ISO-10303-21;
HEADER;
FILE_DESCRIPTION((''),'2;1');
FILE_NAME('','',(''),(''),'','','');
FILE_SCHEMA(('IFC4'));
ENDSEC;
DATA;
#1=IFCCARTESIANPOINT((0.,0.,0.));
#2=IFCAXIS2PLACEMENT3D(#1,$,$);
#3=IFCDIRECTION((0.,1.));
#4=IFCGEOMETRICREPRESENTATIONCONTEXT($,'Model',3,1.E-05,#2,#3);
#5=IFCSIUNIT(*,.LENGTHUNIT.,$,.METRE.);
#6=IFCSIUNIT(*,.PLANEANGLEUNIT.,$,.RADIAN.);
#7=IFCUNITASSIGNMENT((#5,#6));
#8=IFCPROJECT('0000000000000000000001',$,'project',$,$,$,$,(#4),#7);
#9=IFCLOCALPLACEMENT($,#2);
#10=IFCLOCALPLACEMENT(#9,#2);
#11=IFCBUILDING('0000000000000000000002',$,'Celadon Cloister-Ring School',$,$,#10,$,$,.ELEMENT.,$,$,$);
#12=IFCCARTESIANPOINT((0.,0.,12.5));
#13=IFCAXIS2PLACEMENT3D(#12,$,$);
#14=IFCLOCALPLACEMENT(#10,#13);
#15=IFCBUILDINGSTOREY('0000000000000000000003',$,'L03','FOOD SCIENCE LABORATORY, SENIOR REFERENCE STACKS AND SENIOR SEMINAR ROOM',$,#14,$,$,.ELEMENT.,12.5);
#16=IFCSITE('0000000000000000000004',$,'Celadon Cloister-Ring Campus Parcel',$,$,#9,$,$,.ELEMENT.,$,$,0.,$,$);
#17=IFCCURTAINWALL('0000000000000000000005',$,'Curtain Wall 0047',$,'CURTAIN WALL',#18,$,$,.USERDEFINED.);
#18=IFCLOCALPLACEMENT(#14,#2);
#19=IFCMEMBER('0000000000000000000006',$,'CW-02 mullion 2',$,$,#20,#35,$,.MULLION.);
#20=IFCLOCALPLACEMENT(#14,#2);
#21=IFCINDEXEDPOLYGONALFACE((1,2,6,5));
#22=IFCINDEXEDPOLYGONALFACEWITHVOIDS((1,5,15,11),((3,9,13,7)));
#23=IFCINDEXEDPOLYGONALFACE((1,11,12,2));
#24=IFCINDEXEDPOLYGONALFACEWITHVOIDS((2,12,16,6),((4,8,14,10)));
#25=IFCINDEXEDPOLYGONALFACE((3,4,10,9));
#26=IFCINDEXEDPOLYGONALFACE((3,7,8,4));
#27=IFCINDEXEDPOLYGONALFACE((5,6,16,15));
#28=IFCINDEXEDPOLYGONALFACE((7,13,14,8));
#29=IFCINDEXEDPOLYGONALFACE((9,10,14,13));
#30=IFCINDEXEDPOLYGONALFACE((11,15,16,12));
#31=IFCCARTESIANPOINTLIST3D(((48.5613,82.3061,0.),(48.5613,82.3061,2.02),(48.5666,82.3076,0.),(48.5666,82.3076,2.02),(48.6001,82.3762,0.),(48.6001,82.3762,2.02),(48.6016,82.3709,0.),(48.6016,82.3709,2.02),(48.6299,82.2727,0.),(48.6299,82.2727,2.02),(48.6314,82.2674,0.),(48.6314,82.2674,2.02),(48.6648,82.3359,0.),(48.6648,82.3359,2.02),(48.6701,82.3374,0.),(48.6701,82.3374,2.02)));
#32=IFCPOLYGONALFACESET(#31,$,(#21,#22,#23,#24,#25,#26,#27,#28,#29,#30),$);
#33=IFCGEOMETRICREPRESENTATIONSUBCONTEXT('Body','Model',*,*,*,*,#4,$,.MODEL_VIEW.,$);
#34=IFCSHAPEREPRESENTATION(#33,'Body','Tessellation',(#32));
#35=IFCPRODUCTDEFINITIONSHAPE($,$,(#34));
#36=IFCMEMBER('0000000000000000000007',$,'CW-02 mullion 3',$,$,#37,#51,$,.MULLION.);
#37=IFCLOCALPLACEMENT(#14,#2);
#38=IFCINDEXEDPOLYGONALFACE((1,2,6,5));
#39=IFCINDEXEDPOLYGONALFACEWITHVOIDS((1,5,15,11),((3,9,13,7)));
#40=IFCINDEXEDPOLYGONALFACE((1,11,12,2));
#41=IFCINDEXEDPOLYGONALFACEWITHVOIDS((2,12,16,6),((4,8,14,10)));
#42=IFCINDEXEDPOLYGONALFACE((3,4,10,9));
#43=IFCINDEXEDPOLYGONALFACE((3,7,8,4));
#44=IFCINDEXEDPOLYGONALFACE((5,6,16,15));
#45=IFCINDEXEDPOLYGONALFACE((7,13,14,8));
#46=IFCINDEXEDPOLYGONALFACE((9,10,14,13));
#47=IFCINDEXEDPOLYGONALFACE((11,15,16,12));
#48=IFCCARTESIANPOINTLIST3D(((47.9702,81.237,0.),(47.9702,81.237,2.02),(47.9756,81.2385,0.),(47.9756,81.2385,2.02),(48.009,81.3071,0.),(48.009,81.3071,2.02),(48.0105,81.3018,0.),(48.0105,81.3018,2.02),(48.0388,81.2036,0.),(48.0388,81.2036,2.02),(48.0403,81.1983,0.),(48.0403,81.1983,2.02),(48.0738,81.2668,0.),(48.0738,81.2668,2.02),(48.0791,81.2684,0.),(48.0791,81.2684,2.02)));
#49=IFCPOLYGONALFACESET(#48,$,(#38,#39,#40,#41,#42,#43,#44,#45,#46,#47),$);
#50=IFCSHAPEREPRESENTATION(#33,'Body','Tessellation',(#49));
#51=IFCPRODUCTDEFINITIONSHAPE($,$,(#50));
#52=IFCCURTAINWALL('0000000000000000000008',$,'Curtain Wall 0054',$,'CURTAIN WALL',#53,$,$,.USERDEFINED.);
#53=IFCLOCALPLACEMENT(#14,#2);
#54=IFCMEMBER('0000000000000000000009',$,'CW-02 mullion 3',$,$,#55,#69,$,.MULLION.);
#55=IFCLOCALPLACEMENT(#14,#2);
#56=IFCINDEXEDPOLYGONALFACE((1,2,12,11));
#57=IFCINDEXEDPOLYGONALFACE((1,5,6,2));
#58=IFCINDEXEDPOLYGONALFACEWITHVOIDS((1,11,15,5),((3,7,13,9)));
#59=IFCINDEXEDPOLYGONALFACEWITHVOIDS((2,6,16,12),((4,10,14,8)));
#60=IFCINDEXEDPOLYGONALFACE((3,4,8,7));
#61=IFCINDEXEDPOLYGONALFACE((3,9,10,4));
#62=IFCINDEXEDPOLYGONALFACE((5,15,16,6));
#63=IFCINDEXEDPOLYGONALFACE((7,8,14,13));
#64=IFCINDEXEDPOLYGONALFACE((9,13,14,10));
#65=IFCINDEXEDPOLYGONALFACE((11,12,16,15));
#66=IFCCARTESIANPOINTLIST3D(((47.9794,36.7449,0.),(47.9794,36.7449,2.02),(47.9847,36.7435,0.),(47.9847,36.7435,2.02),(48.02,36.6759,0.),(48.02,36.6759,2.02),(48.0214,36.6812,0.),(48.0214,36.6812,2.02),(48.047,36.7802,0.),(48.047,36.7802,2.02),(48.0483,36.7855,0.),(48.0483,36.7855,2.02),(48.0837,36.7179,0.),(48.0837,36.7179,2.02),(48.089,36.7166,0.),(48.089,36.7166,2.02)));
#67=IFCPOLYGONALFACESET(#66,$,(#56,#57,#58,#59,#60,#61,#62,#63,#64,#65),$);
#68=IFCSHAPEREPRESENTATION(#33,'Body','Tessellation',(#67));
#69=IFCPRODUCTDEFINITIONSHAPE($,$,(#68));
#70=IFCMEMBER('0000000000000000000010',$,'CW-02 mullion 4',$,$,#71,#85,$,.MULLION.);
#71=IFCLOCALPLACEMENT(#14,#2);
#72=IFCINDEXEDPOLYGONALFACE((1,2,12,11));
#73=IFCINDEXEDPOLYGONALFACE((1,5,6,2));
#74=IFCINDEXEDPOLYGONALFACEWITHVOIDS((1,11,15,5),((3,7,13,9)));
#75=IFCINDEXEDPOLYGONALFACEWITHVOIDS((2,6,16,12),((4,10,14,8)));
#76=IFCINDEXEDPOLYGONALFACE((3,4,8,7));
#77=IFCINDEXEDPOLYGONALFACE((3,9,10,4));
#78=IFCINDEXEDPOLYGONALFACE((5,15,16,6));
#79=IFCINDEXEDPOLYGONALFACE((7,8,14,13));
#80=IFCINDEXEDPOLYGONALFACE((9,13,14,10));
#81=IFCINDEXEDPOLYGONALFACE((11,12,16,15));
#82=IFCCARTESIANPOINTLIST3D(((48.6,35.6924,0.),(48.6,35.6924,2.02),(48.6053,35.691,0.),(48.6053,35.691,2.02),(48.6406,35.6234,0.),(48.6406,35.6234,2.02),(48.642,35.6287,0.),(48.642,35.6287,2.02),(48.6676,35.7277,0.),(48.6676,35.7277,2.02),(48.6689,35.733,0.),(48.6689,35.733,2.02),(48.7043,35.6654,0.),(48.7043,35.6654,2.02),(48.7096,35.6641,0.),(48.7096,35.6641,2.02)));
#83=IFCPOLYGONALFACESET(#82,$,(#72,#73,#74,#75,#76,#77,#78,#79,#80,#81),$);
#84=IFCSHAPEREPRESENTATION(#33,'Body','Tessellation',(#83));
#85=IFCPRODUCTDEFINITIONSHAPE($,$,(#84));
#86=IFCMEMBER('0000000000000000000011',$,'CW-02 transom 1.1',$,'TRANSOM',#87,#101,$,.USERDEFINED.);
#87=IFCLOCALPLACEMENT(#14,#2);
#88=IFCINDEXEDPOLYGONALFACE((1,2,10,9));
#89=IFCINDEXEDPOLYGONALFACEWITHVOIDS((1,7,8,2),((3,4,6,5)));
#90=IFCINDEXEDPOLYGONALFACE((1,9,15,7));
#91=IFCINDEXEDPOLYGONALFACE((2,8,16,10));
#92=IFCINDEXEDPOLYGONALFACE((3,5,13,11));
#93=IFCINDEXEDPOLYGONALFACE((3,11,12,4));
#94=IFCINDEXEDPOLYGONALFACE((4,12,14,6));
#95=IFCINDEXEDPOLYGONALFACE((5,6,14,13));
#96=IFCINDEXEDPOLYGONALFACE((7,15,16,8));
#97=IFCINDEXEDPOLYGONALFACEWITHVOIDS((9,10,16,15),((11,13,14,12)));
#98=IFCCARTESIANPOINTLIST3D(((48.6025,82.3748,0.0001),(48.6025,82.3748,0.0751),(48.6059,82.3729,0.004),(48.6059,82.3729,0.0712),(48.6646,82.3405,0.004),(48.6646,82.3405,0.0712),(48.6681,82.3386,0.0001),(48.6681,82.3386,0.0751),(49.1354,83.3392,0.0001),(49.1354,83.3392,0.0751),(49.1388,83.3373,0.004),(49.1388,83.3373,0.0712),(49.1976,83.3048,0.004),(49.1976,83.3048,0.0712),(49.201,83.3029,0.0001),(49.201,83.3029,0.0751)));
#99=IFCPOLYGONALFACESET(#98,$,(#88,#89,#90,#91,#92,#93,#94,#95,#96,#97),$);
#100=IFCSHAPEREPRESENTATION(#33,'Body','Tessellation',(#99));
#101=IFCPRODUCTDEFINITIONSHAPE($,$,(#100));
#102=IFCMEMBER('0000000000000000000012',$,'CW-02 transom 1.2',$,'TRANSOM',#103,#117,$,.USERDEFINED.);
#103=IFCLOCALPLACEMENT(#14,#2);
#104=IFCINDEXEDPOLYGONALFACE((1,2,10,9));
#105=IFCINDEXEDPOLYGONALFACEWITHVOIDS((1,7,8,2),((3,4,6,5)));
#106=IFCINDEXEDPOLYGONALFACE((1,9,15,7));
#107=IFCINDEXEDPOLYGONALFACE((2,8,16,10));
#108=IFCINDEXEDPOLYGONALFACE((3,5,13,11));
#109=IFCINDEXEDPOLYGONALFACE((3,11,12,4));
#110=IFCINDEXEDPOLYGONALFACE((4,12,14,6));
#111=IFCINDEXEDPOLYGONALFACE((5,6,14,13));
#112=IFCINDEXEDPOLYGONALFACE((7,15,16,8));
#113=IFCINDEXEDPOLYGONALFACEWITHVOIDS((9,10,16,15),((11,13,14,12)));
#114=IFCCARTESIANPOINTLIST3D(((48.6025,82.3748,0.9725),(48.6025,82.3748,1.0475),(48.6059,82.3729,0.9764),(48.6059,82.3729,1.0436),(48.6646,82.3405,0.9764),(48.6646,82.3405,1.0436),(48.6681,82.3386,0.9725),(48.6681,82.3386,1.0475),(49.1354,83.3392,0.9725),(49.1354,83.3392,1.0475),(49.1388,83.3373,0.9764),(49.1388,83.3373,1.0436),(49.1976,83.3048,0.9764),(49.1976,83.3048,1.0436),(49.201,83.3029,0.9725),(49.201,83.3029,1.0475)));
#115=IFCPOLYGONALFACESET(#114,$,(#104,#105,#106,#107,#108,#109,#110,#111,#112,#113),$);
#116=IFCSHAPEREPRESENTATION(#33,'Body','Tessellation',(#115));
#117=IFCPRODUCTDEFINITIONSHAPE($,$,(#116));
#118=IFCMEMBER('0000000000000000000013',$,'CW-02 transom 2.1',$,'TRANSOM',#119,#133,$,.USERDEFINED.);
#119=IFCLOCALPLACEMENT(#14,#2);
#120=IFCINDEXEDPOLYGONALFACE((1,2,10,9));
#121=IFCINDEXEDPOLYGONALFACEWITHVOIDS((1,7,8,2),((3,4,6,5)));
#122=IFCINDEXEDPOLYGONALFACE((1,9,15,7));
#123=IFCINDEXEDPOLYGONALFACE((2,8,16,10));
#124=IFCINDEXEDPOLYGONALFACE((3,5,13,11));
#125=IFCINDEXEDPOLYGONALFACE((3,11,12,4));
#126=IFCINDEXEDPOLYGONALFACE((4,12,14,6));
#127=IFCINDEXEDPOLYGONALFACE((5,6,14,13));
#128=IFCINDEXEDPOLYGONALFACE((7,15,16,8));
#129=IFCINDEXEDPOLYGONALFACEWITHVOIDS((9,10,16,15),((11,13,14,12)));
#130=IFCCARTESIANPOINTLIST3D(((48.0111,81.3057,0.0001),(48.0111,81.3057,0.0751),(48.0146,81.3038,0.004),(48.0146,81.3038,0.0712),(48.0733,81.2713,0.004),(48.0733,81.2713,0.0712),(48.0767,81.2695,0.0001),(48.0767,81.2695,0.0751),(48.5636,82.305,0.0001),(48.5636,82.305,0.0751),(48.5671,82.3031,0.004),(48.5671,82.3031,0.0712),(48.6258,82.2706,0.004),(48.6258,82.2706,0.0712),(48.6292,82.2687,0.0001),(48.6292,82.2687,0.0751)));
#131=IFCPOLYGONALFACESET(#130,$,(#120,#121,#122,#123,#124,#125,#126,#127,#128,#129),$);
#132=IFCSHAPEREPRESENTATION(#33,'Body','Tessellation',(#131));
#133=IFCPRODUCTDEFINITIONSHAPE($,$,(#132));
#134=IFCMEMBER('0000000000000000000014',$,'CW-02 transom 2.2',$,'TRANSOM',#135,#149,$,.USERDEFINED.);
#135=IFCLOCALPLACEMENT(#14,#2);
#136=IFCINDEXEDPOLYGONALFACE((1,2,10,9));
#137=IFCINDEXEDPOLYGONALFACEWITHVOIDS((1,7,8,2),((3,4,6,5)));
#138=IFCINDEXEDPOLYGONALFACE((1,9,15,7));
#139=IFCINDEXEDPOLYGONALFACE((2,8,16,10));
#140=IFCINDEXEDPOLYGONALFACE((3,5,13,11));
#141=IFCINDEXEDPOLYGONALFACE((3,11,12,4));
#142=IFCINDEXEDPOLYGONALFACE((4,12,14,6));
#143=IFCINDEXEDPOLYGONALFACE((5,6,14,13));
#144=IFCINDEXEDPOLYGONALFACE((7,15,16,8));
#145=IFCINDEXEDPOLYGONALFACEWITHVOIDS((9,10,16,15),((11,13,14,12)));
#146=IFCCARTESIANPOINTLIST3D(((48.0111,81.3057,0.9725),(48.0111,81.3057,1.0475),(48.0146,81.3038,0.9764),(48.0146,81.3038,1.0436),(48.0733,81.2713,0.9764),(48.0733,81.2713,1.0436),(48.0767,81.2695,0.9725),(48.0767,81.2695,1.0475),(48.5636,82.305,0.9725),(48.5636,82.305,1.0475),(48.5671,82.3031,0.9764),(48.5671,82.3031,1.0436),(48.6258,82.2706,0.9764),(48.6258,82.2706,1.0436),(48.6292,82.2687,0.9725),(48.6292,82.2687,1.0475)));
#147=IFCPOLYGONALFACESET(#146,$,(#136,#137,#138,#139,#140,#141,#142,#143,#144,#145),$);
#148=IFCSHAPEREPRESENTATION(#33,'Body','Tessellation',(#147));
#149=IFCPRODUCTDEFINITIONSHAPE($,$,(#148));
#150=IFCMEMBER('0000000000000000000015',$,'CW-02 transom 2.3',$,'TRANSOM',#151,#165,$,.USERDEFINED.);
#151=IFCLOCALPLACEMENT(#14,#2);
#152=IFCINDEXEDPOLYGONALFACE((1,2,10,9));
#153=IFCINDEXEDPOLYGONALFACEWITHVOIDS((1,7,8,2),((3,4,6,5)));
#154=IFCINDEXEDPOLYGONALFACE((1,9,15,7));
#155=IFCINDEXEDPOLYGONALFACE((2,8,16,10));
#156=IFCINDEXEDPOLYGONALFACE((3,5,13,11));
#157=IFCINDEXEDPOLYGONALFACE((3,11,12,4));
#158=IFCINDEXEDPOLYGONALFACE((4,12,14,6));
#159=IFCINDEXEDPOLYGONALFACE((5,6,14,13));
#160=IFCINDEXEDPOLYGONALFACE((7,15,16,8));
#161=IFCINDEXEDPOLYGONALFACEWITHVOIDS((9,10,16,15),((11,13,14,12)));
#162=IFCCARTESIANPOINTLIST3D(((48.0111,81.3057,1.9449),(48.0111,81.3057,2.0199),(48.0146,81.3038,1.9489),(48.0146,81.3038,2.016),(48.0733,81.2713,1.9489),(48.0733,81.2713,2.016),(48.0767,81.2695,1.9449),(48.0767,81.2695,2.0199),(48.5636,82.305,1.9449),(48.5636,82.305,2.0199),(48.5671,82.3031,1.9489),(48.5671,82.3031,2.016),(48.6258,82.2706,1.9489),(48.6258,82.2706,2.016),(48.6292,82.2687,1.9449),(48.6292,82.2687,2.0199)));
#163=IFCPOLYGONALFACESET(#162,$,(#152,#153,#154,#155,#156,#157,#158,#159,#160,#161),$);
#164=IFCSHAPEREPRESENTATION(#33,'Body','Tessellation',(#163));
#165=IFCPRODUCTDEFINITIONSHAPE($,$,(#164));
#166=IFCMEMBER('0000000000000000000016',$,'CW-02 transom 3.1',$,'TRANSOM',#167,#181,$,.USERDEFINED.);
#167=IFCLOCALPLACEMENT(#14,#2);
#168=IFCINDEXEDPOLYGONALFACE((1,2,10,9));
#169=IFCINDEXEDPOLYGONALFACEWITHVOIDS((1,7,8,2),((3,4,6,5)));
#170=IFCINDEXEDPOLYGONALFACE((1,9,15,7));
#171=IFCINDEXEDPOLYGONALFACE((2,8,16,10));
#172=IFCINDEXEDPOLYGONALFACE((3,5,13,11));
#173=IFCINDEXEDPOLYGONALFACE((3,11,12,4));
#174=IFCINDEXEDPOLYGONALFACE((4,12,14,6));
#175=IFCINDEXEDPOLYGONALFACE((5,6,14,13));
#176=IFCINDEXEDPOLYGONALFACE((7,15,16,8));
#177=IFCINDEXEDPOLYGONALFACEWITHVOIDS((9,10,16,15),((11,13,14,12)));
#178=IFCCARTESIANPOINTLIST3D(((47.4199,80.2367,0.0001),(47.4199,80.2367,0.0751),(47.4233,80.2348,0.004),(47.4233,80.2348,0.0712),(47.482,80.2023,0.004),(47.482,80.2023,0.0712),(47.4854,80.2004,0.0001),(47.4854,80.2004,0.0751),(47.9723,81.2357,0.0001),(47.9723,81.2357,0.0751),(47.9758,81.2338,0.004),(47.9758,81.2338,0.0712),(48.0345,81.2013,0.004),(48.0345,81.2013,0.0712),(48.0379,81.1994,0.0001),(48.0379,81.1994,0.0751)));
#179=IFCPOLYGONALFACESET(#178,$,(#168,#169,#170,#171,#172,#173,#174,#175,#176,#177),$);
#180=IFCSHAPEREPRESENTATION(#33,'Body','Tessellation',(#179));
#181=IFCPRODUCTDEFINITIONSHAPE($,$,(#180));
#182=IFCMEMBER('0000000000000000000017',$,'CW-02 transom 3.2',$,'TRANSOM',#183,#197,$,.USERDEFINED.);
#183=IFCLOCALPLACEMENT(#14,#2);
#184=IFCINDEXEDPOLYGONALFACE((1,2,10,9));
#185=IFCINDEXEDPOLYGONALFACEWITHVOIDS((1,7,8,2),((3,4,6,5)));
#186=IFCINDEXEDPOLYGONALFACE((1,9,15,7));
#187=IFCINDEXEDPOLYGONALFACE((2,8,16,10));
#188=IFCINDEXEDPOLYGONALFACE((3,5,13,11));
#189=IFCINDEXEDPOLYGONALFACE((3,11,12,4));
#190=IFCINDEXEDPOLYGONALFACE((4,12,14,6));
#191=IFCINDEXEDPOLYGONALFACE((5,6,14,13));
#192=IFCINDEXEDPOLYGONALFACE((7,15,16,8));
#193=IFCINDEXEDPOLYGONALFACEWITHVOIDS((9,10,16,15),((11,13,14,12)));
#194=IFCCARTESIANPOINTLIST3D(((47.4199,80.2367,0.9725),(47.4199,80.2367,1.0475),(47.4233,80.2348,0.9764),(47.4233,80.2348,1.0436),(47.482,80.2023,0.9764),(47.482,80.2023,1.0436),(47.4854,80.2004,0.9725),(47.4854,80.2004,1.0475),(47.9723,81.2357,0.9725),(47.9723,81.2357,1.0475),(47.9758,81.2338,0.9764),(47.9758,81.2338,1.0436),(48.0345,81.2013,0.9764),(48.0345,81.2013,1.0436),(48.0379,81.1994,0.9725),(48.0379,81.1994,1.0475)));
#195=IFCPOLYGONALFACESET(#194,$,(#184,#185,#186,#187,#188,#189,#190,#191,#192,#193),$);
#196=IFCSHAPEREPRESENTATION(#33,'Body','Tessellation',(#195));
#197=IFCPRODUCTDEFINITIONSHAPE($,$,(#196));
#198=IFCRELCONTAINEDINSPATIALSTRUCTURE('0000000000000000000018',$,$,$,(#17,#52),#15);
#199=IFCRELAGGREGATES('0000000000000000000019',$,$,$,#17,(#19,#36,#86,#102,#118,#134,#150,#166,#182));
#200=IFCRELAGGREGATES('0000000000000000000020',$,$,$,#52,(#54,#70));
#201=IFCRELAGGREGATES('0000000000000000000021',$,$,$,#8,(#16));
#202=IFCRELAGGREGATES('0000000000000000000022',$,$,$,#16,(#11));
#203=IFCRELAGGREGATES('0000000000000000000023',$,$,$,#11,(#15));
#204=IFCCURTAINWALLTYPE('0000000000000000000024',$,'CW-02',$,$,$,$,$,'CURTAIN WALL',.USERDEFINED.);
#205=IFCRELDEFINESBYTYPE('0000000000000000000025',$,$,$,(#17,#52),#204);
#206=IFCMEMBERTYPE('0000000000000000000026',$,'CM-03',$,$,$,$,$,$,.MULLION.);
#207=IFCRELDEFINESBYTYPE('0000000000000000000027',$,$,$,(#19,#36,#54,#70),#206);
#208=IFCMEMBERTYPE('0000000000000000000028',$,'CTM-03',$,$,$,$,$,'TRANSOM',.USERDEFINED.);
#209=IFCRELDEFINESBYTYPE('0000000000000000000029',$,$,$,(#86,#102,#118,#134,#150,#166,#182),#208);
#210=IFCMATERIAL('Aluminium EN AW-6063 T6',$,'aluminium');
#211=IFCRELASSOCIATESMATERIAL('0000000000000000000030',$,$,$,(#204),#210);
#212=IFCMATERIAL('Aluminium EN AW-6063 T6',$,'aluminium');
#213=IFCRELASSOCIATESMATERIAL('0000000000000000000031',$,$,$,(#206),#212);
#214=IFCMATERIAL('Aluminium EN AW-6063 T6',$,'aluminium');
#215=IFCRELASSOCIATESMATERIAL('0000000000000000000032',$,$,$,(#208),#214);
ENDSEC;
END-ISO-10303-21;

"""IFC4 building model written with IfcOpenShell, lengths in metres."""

from ifc_helpers import new_model, si_unit, direction, frame, origin, origin_2d, place, context, subcontext, project, spatial, hollow_rectangle, extrude, material, material_profile, profile_set, type_object, element, aggregate, save


model = new_model("IFC4")

# Units and contexts
model_context = context("Model", 3, precision=1e-05, world=origin(), true_north=direction((0.0, 1.0)))
body_context = subcontext(model_context, "Body", "Model", "MODEL_VIEW")
ifc_project = project(units=[si_unit("LENGTHUNIT", "METRE"), si_unit("PLANEANGLEUNIT", "RADIAN")], contexts=[model_context])

# Site, building, storey
site_placement = place(None, origin())
site = spatial("IfcSite", under=ifc_project, at=site_placement, Name="Celadon Cloister-Ring Campus Parcel", CompositionType="ELEMENT", RefElevation=0.0)
building_placement = place(site_placement, origin())
building = spatial("IfcBuilding", under=site, at=building_placement, Name="Celadon Cloister-Ring School", CompositionType="ELEMENT")
storey_placement = place(building_placement, frame((0.0, 0.0, 12.5)))
storey = spatial("IfcBuildingStorey", under=building, at=storey_placement, Name="L03", Description="FOOD SCIENCE LABORATORY, SENIOR REFERENCE STACKS AND SENIOR SEMINAR ROOM", CompositionType="ELEMENT", Elevation=12.5)

# Curtain walls, members
ifc_material_1 = material(Name="Aluminium EN AW-6063 T6", Category="aluminium")
curtain_wall_type = type_object("IfcCurtainWallType", Name="CW-02", ElementType="CURTAIN WALL", PredefinedType="USERDEFINED", material=ifc_material_1)
curtain_wall_1_placement = place(storey_placement, origin())
curtain_wall_1 = element("IfcCurtainWall", 1, at=curtain_wall_1_placement, inside=storey, type_object=curtain_wall_type, Name="Curtain Wall 0047", ObjectType="CURTAIN WALL", PredefinedType="USERDEFINED")
ifc_material_2 = material(Name="Aluminium EN AW-6063 T6", Category="aluminium")
ifc_material_profile_1 = material_profile(ifc_material_2, hollow_rectangle(XDim=0.0801, YDim=0.0801, WallThickness=0.0039, at=origin_2d()), Name="RHS80X80X4")
ifc_profile_set_1 = profile_set([ifc_material_profile_1], Name="Aluminium EN AW-6063 T6")
member_type_1 = type_object("IfcMemberType", Name="CM-03", PredefinedType="MULLION", material=ifc_profile_set_1)
member_1_placement = place(storey_placement, frame((48.6157, 82.3218, 0.0), z_axis=(0.0, 0.0, 1.0), x_axis=(0.875128, -0.483891, 0.0)))
member_1 = element("IfcMember", 2, at=member_1_placement, type_object=member_type_1, Name="CW-02 mullion 2", PredefinedType="MULLION", context=body_context, shape_type="SweptSolid", body=[
    extrude(hollow_rectangle(XDim=0.0801, YDim=0.0801, WallThickness=0.0039, at=origin_2d()), origin(), (0.0, 0.0, 1.0), 2.02),
])
member_2_placement = place(storey_placement, frame((48.0247, 81.2527, 0.0), z_axis=(0.0, 0.0, 1.0), x_axis=(0.875128, -0.483891, 0.0)))
member_2 = element("IfcMember", 3, at=member_2_placement, type_object=member_type_1, Name="CW-02 mullion 3", PredefinedType="MULLION", context=body_context, shape_type="SweptSolid", body=[
    extrude(hollow_rectangle(XDim=0.0801, YDim=0.0801, WallThickness=0.0039, at=origin_2d()), origin(), (0.0, 0.0, 1.0), 2.02),
])
curtain_wall_2_placement = place(storey_placement, origin())
curtain_wall_2 = element("IfcCurtainWall", 4, at=curtain_wall_2_placement, inside=storey, type_object=curtain_wall_type, Name="Curtain Wall 0054", ObjectType="CURTAIN WALL", PredefinedType="USERDEFINED")
member_3_placement = place(storey_placement, frame((48.0342, 36.7307, 0.0), z_axis=(0.0, 0.0, 1.0), x_axis=(0.861425, 0.507885, 0.0)))
member_3 = element("IfcMember", 5, at=member_3_placement, type_object=member_type_1, Name="CW-02 mullion 3", PredefinedType="MULLION", context=body_context, shape_type="SweptSolid", body=[
    extrude(hollow_rectangle(XDim=0.0801, YDim=0.0801, WallThickness=0.0039, at=origin_2d()), origin(), (0.0, 0.0, 1.0), 2.02),
])
member_4_placement = place(storey_placement, frame((48.6548, 35.6782, 0.0), z_axis=(0.0, 0.0, 1.0), x_axis=(0.861425, 0.507885, 0.0)))
member_4 = element("IfcMember", 6, at=member_4_placement, type_object=member_type_1, Name="CW-02 mullion 4", PredefinedType="MULLION", context=body_context, shape_type="SweptSolid", body=[
    extrude(hollow_rectangle(XDim=0.0801, YDim=0.0801, WallThickness=0.0039, at=origin_2d()), origin(), (0.0, 0.0, 1.0), 2.02),
])

# Members
ifc_material_3 = material(Name="Aluminium EN AW-6063 T6", Category="aluminium")
ifc_material_profile_2 = material_profile(ifc_material_3, hollow_rectangle(XDim=0.075, YDim=0.075, WallThickness=0.0039, at=origin_2d()), Name="RHS75X75X4")
ifc_profile_set_2 = profile_set([ifc_material_profile_2], Name="Aluminium EN AW-6063 T6")
member_type_2 = type_object("IfcMemberType", Name="CTM-03", ElementType="TRANSOM", PredefinedType="USERDEFINED", material=ifc_profile_set_2)
member_5_placement = place(storey_placement, frame((49.1682, 83.321, 0.0376), z_axis=(-0.483704, -0.875232, 0.0), x_axis=(0.875232, -0.483704, 0.0)))
member_5 = element("IfcMember", 7, at=member_5_placement, type_object=member_type_2, Name="CW-02 transom 1.1", ObjectType="TRANSOM", PredefinedType="USERDEFINED", context=body_context, shape_type="SweptSolid", body=[
    extrude(hollow_rectangle(XDim=0.075, YDim=0.075, WallThickness=0.0039, at=origin_2d()), origin(), (0.0, 0.0, 1.0), 1.1018),
])
member_6_placement = place(storey_placement, frame((49.1682, 83.321, 1.01), z_axis=(-0.483704, -0.875232, 0.0), x_axis=(0.875232, -0.483704, 0.0)))
member_6 = element("IfcMember", 8, at=member_6_placement, type_object=member_type_2, Name="CW-02 transom 1.2", ObjectType="TRANSOM", PredefinedType="USERDEFINED", context=body_context, shape_type="SweptSolid", body=[
    extrude(hollow_rectangle(XDim=0.075, YDim=0.075, WallThickness=0.0039, at=origin_2d()), origin(), (0.0, 0.0, 1.0), 1.1018),
])
member_7_placement = place(storey_placement, frame((48.5964, 82.2869, 0.0376), z_axis=(-0.483863, -0.875144, 0.0), x_axis=(0.875144, -0.483863, 0.0)))
member_7 = element("IfcMember", 9, at=member_7_placement, type_object=member_type_2, Name="CW-02 transom 2.1", ObjectType="TRANSOM", PredefinedType="USERDEFINED", context=body_context, shape_type="SweptSolid", body=[
    extrude(hollow_rectangle(XDim=0.075, YDim=0.075, WallThickness=0.0039, at=origin_2d()), origin(), (0.0, 0.0, 1.0), 1.1418),
])
member_8_placement = place(storey_placement, frame((48.5964, 82.2869, 1.01), z_axis=(-0.483863, -0.875144, 0.0), x_axis=(0.875144, -0.483863, 0.0)))
member_8 = element("IfcMember", 10, at=member_8_placement, type_object=member_type_2, Name="CW-02 transom 2.2", ObjectType="TRANSOM", PredefinedType="USERDEFINED", context=body_context, shape_type="SweptSolid", body=[
    extrude(hollow_rectangle(XDim=0.075, YDim=0.075, WallThickness=0.0039, at=origin_2d()), origin(), (0.0, 0.0, 1.0), 1.1418),
])
member_9_placement = place(storey_placement, frame((48.5964, 82.2869, 1.9824), z_axis=(-0.483863, -0.875144, 0.0), x_axis=(0.875144, -0.483863, 0.0)))
member_9 = element("IfcMember", 11, at=member_9_placement, type_object=member_type_2, Name="CW-02 transom 2.3", ObjectType="TRANSOM", PredefinedType="USERDEFINED", context=body_context, shape_type="SweptSolid", body=[
    extrude(hollow_rectangle(XDim=0.075, YDim=0.075, WallThickness=0.0039, at=origin_2d()), origin(), (0.0, 0.0, 1.0), 1.1418),
])
member_10_placement = place(storey_placement, frame((48.0051, 81.2175, 0.0376), z_axis=(-0.483953, -0.875094, 0.0), x_axis=(0.875094, -0.483953, 0.0)))
member_10 = element("IfcMember", 12, at=member_10_placement, type_object=member_type_2, Name="CW-02 transom 3.1", ObjectType="TRANSOM", PredefinedType="USERDEFINED", context=body_context, shape_type="SweptSolid", body=[
    extrude(hollow_rectangle(XDim=0.075, YDim=0.075, WallThickness=0.0039, at=origin_2d()), origin(), (0.0, 0.0, 1.0), 1.1416),
])
member_11_placement = place(storey_placement, frame((48.0051, 81.2175, 1.01), z_axis=(-0.483953, -0.875094, 0.0), x_axis=(0.875094, -0.483953, 0.0)))
member_11 = element("IfcMember", 13, at=member_11_placement, type_object=member_type_2, Name="CW-02 transom 3.2", ObjectType="TRANSOM", PredefinedType="USERDEFINED", context=body_context, shape_type="SweptSolid", body=[
    extrude(hollow_rectangle(XDim=0.075, YDim=0.075, WallThickness=0.0039, at=origin_2d()), origin(), (0.0, 0.0, 1.0), 1.1416),
])

aggregate(curtain_wall_1, [member_1, member_2, member_5, member_6, member_7, member_8, member_9, member_10, member_11])
aggregate(curtain_wall_2, [member_3, member_4])

save(model, "model.ifc")
